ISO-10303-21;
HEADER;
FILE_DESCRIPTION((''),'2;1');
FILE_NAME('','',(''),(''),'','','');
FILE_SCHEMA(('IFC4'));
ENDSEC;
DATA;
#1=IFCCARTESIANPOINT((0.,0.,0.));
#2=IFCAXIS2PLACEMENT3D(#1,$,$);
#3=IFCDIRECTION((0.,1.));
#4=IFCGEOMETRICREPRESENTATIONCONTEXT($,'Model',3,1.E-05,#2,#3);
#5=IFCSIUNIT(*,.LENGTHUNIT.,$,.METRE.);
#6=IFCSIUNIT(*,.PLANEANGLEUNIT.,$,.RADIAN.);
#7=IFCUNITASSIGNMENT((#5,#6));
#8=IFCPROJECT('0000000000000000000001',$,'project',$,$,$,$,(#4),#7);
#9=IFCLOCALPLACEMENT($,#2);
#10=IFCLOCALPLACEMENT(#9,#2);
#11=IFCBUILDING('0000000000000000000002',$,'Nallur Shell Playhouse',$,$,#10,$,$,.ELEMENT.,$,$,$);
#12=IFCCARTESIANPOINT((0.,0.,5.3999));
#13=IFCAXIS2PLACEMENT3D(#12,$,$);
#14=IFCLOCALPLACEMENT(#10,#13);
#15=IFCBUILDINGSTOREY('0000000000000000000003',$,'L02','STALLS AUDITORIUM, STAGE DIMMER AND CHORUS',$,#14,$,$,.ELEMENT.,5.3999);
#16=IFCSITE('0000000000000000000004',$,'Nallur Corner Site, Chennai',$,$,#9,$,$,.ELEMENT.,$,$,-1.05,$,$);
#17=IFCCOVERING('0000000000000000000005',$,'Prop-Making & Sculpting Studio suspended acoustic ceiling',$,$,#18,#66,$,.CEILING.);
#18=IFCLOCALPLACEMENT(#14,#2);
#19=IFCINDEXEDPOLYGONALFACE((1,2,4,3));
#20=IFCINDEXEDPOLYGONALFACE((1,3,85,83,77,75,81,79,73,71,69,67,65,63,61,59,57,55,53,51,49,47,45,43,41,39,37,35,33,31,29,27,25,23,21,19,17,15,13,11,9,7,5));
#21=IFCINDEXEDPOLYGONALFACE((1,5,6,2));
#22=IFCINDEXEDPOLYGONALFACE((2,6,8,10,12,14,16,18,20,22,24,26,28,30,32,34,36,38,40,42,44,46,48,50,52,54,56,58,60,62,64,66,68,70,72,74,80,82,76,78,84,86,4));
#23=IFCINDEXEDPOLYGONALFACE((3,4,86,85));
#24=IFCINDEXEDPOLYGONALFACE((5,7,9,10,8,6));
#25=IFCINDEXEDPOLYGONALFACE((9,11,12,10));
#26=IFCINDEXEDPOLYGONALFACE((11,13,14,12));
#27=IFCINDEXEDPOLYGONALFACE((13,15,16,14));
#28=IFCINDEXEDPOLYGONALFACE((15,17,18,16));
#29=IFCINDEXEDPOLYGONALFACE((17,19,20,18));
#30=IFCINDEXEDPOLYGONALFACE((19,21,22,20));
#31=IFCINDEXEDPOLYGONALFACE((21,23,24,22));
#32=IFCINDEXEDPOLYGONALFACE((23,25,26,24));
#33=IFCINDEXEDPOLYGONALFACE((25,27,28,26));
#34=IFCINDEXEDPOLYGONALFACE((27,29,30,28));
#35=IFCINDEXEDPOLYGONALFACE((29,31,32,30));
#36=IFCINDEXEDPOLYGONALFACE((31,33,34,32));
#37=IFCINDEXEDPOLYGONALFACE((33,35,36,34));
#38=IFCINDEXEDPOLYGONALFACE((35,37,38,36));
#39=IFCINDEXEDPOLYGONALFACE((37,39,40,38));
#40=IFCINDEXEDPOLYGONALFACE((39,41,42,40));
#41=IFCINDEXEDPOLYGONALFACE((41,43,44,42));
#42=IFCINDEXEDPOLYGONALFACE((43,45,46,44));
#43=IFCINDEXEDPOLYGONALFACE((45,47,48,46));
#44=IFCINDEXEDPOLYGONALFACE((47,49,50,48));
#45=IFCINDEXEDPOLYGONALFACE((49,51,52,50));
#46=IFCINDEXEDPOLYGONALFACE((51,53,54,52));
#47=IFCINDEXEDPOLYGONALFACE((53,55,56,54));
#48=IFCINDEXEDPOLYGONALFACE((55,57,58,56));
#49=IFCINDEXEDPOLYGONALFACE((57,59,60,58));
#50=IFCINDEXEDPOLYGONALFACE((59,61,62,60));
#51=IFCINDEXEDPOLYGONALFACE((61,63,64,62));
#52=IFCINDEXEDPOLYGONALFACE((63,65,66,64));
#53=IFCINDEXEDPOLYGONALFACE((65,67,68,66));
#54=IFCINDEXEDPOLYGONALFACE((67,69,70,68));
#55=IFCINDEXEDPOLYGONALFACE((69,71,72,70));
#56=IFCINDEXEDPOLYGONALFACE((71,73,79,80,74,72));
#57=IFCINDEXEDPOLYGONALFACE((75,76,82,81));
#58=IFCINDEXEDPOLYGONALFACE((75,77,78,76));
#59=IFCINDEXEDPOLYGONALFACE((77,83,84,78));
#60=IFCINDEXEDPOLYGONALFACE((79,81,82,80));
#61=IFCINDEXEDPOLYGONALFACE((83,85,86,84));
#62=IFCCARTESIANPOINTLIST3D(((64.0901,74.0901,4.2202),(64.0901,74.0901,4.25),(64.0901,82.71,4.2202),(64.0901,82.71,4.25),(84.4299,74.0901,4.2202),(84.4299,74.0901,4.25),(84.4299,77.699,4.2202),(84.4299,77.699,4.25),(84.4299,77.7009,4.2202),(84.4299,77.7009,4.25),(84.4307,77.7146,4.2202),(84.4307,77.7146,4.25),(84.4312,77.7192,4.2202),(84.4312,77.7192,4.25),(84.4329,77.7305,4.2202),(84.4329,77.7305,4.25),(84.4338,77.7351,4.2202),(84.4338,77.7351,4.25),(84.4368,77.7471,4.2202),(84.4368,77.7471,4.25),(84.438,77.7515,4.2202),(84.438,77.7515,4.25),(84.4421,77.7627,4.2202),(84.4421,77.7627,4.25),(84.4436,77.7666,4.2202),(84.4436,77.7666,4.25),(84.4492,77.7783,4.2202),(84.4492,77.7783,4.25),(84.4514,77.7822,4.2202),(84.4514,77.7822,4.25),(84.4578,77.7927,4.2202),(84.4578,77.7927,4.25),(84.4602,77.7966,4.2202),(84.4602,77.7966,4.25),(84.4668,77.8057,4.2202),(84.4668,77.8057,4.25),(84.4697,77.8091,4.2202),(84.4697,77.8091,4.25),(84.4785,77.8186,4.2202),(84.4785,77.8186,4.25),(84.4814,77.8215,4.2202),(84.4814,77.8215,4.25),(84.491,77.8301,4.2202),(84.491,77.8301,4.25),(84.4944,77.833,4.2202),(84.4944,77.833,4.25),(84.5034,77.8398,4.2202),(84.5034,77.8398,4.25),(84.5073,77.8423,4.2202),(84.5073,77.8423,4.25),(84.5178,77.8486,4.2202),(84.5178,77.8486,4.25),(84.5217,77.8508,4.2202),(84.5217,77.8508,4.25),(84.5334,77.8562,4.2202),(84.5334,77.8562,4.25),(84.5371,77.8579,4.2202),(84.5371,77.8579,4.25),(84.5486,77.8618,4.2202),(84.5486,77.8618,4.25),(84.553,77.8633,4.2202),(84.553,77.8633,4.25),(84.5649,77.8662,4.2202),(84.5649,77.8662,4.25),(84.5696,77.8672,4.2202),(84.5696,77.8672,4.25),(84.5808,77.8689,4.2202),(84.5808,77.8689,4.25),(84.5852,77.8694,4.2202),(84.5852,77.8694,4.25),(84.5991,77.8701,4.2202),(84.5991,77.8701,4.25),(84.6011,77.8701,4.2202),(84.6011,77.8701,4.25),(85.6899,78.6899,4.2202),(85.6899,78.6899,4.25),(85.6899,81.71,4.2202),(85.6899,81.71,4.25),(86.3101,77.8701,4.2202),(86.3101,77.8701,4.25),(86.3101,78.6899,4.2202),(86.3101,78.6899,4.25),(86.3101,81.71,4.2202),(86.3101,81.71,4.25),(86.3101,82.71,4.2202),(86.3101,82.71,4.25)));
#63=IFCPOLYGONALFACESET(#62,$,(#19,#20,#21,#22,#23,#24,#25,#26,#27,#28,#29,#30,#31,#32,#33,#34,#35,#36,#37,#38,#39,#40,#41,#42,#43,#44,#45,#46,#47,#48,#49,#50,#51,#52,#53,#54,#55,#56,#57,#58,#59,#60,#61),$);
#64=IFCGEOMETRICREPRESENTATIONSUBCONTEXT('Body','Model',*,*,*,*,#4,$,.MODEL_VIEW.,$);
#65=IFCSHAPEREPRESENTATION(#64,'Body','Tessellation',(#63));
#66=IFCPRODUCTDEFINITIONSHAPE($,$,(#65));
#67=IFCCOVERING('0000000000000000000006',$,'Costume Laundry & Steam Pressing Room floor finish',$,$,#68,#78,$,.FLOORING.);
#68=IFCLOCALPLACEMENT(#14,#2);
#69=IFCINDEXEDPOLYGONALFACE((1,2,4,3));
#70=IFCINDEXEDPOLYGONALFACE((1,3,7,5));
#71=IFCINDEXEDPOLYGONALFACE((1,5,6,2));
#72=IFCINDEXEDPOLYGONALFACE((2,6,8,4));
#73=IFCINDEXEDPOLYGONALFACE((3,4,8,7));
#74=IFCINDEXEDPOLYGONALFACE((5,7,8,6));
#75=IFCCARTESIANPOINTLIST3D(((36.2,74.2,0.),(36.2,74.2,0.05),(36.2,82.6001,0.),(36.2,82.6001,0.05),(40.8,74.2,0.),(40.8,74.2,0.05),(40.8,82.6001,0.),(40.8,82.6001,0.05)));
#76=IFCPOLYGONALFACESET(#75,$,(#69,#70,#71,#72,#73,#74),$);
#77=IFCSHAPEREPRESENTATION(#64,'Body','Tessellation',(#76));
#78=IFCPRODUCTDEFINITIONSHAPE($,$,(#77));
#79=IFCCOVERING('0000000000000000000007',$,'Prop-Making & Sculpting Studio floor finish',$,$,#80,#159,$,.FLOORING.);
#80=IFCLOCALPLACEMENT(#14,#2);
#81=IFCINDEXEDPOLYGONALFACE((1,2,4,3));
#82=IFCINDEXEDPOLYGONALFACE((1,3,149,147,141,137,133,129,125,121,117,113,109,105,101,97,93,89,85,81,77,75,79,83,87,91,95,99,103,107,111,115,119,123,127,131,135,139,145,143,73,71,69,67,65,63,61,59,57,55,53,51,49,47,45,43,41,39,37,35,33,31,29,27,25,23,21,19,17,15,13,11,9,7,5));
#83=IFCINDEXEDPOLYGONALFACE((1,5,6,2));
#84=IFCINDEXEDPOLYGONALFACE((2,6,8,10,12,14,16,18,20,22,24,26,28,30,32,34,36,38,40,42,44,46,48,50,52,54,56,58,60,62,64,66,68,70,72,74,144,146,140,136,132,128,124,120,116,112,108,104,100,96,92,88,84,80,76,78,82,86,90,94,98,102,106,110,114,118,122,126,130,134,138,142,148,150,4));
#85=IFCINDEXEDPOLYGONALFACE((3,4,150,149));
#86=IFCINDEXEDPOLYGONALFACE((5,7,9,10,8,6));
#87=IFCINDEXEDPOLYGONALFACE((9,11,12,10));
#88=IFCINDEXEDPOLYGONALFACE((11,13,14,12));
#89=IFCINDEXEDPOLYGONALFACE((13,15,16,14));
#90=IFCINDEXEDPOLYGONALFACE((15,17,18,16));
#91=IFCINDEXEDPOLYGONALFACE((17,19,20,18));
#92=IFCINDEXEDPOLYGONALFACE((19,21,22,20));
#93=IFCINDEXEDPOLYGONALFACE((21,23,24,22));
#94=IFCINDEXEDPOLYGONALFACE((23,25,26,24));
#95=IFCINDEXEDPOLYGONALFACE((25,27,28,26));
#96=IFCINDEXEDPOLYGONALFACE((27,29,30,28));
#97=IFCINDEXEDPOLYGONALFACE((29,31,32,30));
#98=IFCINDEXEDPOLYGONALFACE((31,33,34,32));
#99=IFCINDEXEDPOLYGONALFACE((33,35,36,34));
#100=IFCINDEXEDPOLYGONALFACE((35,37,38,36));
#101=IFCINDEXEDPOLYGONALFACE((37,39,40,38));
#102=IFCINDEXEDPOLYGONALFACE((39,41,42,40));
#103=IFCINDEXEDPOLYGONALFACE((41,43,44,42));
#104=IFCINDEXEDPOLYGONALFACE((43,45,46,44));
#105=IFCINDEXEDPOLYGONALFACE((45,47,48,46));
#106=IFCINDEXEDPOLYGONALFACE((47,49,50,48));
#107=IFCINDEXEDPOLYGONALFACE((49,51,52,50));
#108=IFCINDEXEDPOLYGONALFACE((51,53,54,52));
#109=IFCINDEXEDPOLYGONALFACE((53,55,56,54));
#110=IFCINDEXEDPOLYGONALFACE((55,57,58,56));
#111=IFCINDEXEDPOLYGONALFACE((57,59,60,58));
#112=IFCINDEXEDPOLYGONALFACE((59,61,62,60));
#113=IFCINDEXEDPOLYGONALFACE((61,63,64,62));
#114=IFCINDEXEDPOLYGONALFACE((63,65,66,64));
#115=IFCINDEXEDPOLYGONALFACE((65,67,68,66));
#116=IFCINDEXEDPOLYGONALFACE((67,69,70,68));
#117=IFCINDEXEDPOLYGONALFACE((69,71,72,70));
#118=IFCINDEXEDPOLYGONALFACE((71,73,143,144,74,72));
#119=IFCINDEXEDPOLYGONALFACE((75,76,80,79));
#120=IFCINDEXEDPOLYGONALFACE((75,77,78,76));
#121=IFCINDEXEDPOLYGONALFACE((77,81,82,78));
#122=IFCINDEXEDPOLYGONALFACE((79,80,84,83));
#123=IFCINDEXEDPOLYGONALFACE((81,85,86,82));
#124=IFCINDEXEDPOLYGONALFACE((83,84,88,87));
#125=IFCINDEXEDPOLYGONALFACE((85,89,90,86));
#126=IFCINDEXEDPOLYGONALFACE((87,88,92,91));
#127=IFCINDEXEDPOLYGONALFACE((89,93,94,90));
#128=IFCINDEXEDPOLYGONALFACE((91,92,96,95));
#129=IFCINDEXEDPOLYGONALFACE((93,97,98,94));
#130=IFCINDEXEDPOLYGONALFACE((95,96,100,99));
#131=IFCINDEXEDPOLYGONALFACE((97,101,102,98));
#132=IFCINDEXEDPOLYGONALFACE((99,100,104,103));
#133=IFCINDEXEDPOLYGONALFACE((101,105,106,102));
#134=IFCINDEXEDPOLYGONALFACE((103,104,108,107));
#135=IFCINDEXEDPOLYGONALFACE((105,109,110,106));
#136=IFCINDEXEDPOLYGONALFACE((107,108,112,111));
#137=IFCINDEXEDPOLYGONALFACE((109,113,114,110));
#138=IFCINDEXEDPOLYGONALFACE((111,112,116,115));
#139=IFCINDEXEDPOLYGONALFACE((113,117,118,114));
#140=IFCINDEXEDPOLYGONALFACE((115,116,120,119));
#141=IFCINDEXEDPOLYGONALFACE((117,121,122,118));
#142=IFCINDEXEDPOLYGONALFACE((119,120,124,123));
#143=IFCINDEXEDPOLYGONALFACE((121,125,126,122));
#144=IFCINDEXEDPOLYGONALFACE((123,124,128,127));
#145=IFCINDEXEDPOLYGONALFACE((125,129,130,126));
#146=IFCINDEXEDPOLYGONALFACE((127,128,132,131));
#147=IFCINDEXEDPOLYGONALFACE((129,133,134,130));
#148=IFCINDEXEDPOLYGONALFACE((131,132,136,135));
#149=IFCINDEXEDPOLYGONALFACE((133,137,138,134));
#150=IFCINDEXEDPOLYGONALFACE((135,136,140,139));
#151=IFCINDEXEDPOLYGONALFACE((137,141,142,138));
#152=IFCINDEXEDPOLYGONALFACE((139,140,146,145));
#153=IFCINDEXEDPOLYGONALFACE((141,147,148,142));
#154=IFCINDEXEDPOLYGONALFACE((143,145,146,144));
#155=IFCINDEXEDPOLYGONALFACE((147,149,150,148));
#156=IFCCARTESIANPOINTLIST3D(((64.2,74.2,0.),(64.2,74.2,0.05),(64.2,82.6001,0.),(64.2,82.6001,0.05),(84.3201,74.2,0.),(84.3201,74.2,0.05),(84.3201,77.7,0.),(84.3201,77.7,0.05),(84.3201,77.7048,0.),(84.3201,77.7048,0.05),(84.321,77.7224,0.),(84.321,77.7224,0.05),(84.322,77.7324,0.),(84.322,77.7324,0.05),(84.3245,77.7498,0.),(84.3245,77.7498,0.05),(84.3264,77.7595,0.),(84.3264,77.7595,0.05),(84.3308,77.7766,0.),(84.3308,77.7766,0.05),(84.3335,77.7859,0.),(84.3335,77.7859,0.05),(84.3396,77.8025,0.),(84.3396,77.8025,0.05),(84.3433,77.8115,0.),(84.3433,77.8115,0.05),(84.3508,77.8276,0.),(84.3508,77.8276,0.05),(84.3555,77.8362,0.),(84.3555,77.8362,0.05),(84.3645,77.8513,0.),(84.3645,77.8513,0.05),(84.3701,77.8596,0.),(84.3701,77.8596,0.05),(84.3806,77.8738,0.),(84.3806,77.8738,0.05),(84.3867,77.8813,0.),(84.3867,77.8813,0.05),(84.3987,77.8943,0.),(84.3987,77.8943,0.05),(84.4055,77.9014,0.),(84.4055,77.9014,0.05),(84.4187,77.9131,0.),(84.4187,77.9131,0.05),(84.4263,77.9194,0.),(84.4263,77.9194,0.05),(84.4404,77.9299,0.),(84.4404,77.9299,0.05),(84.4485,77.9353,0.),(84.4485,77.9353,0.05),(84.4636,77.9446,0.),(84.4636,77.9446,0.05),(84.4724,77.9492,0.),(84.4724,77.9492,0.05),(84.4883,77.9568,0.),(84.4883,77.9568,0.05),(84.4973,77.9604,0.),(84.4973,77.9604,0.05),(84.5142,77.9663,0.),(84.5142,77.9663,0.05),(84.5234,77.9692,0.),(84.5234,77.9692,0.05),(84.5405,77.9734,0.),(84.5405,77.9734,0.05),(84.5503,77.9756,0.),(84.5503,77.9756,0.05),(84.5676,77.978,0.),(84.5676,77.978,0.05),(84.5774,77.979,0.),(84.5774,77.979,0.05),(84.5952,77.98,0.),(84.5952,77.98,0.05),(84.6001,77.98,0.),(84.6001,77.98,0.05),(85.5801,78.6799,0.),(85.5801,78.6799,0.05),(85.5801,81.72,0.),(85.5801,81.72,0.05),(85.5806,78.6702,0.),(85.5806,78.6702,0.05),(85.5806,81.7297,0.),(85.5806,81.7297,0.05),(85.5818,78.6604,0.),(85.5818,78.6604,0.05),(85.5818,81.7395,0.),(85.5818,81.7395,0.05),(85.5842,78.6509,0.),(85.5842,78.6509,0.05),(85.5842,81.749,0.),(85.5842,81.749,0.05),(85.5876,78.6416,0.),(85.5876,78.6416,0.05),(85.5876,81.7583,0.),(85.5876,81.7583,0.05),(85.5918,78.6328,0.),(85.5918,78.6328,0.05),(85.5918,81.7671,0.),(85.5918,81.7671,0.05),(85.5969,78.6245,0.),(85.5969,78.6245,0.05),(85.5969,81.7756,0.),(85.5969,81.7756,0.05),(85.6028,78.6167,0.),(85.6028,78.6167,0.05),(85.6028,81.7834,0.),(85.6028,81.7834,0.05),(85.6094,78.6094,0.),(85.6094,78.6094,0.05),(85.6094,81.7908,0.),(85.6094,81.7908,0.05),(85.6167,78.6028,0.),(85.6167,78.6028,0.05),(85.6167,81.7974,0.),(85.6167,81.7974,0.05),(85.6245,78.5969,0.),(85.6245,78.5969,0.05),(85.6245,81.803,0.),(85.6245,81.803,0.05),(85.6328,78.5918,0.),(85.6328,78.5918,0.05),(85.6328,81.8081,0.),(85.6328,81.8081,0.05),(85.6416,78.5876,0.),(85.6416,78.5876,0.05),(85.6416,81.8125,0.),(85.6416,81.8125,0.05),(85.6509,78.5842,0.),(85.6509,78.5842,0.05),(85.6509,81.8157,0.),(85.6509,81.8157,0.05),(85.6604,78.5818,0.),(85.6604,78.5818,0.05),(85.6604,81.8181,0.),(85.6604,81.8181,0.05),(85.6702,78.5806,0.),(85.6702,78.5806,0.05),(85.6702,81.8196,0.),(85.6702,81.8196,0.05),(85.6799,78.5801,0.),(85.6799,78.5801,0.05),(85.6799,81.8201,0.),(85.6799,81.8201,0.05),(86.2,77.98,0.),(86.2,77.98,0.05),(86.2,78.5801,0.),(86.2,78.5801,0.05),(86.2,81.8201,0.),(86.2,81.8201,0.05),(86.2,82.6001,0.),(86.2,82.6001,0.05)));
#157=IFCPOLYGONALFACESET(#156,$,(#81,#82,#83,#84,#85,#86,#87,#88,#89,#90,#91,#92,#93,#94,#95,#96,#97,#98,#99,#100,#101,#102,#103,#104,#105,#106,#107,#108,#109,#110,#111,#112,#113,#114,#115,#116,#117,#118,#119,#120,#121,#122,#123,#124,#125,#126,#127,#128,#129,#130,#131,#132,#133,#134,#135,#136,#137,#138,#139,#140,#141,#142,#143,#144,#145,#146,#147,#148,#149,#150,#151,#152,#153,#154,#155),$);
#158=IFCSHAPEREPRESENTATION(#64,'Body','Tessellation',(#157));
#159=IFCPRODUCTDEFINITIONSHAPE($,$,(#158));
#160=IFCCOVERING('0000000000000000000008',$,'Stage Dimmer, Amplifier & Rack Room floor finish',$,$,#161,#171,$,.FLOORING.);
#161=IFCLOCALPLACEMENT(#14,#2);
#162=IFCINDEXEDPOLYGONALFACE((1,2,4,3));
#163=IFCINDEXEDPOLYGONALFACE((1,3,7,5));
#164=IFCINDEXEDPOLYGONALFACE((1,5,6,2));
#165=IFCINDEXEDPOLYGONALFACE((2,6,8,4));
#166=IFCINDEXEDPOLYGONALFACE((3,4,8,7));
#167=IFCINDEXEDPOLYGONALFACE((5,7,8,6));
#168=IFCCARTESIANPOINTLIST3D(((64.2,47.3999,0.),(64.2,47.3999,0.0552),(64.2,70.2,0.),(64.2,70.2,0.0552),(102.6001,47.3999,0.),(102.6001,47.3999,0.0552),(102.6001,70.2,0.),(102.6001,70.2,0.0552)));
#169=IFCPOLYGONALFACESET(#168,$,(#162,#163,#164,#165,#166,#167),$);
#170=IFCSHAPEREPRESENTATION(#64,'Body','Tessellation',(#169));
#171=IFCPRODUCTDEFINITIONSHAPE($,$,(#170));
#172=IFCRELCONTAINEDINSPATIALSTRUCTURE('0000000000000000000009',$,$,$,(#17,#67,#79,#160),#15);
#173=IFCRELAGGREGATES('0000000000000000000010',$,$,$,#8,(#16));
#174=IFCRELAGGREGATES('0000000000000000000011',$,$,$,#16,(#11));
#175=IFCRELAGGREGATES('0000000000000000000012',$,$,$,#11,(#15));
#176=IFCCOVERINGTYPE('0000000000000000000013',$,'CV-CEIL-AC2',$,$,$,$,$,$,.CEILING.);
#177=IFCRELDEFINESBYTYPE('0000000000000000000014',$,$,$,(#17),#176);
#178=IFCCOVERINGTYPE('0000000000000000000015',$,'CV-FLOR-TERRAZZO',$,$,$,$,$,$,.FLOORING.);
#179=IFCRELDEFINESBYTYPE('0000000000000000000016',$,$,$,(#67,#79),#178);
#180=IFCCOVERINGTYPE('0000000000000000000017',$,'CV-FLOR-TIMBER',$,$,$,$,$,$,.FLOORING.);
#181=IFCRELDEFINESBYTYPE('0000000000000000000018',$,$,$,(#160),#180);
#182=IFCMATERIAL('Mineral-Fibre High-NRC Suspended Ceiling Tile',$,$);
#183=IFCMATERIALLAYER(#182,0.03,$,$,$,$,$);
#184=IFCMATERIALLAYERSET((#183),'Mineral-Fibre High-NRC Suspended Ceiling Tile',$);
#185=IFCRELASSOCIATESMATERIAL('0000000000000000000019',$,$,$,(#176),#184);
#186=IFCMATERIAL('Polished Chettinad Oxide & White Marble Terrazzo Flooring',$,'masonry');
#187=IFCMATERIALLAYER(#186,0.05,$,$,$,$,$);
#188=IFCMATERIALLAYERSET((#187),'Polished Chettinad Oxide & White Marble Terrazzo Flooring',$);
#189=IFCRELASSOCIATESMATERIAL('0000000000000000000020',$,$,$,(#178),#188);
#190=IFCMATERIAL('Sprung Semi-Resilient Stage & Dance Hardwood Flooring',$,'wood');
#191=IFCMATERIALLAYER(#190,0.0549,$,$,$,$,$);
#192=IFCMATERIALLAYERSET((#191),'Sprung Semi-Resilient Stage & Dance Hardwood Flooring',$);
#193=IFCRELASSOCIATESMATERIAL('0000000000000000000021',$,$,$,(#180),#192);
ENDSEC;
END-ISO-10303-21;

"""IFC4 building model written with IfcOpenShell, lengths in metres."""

from ifc_helpers import new_model, si_unit, direction, frame, origin, place, context, subcontext, project, spatial, polyline, outline, extrude, material, layer, layer_set, type_object, element, save


model = new_model("IFC4")

# Units and contexts
model_context = context("Model", 3, precision=1e-05, world=origin(), true_north=direction((0.0, 1.0)))
body_context = subcontext(model_context, "Body", "Model", "MODEL_VIEW")
ifc_project = project(units=[si_unit("LENGTHUNIT", "METRE"), si_unit("PLANEANGLEUNIT", "RADIAN")], contexts=[model_context])

# Site, building, storey
site_placement = place(None, origin())
site = spatial("IfcSite", under=ifc_project, at=site_placement, Name="Nallur Corner Site, Chennai", CompositionType="ELEMENT", RefElevation=-1.05)
building_placement = place(site_placement, origin())
building = spatial("IfcBuilding", under=site, at=building_placement, Name="Nallur Shell Playhouse", CompositionType="ELEMENT")
storey_placement = place(building_placement, frame((0.0, 0.0, 5.3999)))
storey = spatial("IfcBuildingStorey", under=building, at=storey_placement, Name="L02", Description="STALLS AUDITORIUM, STAGE DIMMER AND CHORUS", CompositionType="ELEMENT", Elevation=5.3999)

# Coverings
ifc_material_1 = material(Name="Mineral-Fibre High-NRC Suspended Ceiling Tile")
ifc_layer_1 = layer(ifc_material_1, 0.03)
ifc_layer_set_1 = layer_set([ifc_layer_1], Name="Mineral-Fibre High-NRC Suspended Ceiling Tile")
covering_type_1 = type_object("IfcCoveringType", Name="CV-CEIL-AC2", PredefinedType="CEILING", material=ifc_layer_set_1)
covering_1_placement = place(storey_placement, frame((0.0, 0.0, 4.2202)))
element("IfcCovering", 1, at=covering_1_placement, inside=storey, type_object=covering_type_1, Name="Prop-Making & Sculpting Studio suspended acoustic ceiling", PredefinedType="CEILING", context=body_context, shape_type="SweptSolid", body=[
    extrude(outline(polyline([(84.5991, 77.8701), (84.5852, 77.8694), (84.5808, 77.8689), (84.5696, 77.8672), (84.5649, 77.8662), (84.553, 77.8633), (84.5486, 77.8618), (84.5371, 77.8579), (84.5334, 77.8562), (84.5217, 77.8508), (84.5178, 77.8486), (84.5073, 77.8423), (84.5034, 77.8398), (84.4944, 77.833), (84.491, 77.8301), (84.4814, 77.8215), (84.4785, 77.8186), (84.4697, 77.8091), (84.4668, 77.8057), (84.4602, 77.7966), (84.4578, 77.7927), (84.4514, 77.7822), (84.4492, 77.7783), (84.4436, 77.7666), (84.4421, 77.7627), (84.438, 77.7515), (84.4368, 77.7471), (84.4338, 77.7351), (84.4329, 77.7305), (84.4312, 77.7192), (84.4307, 77.7146), (84.4299, 77.7009), (84.4299, 77.699), (84.4299, 74.0901), (64.0901, 74.0901), (64.0901, 82.71), (86.3101, 82.71), (86.3101, 81.71), (85.6899, 81.71), (85.6899, 78.6899), (86.3101, 78.6899), (86.3101, 77.8701), (84.6011, 77.8701), (84.5991, 77.8701)])), origin(), (0.0, 0.0, 1.0), 0.0298),
])
ifc_material_2 = material(Name="Polished Chettinad Oxide & White Marble Terrazzo Flooring", Category="masonry")
ifc_layer_2 = layer(ifc_material_2, 0.05)
ifc_layer_set_2 = layer_set([ifc_layer_2], Name="Polished Chettinad Oxide & White Marble Terrazzo Flooring")
covering_type_2 = type_object("IfcCoveringType", Name="CV-FLOR-TERRAZZO", PredefinedType="FLOORING", material=ifc_layer_set_2)
covering_2_placement = place(storey_placement, origin())
element("IfcCovering", 2, at=covering_2_placement, inside=storey, type_object=covering_type_2, Name="Costume Laundry & Steam Pressing Room floor finish", PredefinedType="FLOORING", context=body_context, shape_type="SweptSolid", body=[
    extrude(outline(polyline([(40.8, 82.6001), (40.8, 74.2), (36.2, 74.2), (36.2, 82.6001), (40.8, 82.6001)])), origin(), (0.0, 0.0, 1.0), 0.05),
])
covering_3_placement = place(storey_placement, origin())
element("IfcCovering", 3, at=covering_3_placement, inside=storey, type_object=covering_type_2, Name="Prop-Making & Sculpting Studio floor finish", PredefinedType="FLOORING", context=body_context, shape_type="SweptSolid", body=[
    extrude(outline(polyline([(85.6328, 81.8081), (85.6245, 81.803), (85.6167, 81.7974), (85.6094, 81.7908), (85.6028, 81.7834), (85.5969, 81.7756), (85.5918, 81.7671), (85.5876, 81.7583), (85.5842, 81.749), (85.5818, 81.7395), (85.5806, 81.7297), (85.5801, 81.72), (85.5801, 78.6799), (85.5806, 78.6702), (85.5818, 78.6604), (85.5842, 78.6509), (85.5876, 78.6416), (85.5918, 78.6328), (85.5969, 78.6245), (85.6028, 78.6167), (85.6094, 78.6094), (85.6167, 78.6028), (85.6245, 78.5969), (85.6328, 78.5918), (85.6416, 78.5876), (85.6509, 78.5842), (85.6604, 78.5818), (85.6702, 78.5806), (85.6799, 78.5801), (86.2, 78.5801), (86.2, 77.98), (84.6001, 77.98), (84.5952, 77.98), (84.5774, 77.979), (84.5676, 77.978), (84.5503, 77.9756), (84.5405, 77.9734), (84.5234, 77.9692), (84.5142, 77.9663), (84.4973, 77.9604), (84.4883, 77.9568), (84.4724, 77.9492), (84.4636, 77.9446), (84.4485, 77.9353), (84.4404, 77.9299), (84.4263, 77.9194), (84.4187, 77.9131), (84.4055, 77.9014), (84.3987, 77.8943), (84.3867, 77.8813), (84.3806, 77.8738), (84.3701, 77.8596), (84.3645, 77.8513), (84.3555, 77.8362), (84.3508, 77.8276), (84.3433, 77.8115), (84.3396, 77.8025), (84.3335, 77.7859), (84.3308, 77.7766), (84.3264, 77.7595), (84.3245, 77.7498), (84.322, 77.7324), (84.321, 77.7224), (84.3201, 77.7048), (84.3201, 77.7), (84.3201, 74.2), (64.2, 74.2), (64.2, 82.6001), (86.2, 82.6001), (86.2, 81.8201), (85.6799, 81.8201), (85.6702, 81.8196), (85.6604, 81.8181), (85.6509, 81.8157), (85.6416, 81.8125), (85.6328, 81.8081)])), origin(), (0.0, 0.0, 1.0), 0.05),
])
ifc_material_3 = material(Name="Sprung Semi-Resilient Stage & Dance Hardwood Flooring", Category="wood")
ifc_layer_3 = layer(ifc_material_3, 0.0549)
ifc_layer_set_3 = layer_set([ifc_layer_3], Name="Sprung Semi-Resilient Stage & Dance Hardwood Flooring")
covering_type_3 = type_object("IfcCoveringType", Name="CV-FLOR-TIMBER", PredefinedType="FLOORING", material=ifc_layer_set_3)
covering_4_placement = place(storey_placement, origin())
element("IfcCovering", 4, at=covering_4_placement, inside=storey, type_object=covering_type_3, Name="Stage Dimmer, Amplifier & Rack Room floor finish", PredefinedType="FLOORING", context=body_context, shape_type="SweptSolid", body=[
    extrude(outline(polyline([(102.6001, 70.2), (102.6001, 47.3999), (64.2, 47.3999), (64.2, 70.2), (102.6001, 70.2)])), origin(), (0.0, 0.0, 1.0), 0.0552),
])

save(model, "model.ifc")
